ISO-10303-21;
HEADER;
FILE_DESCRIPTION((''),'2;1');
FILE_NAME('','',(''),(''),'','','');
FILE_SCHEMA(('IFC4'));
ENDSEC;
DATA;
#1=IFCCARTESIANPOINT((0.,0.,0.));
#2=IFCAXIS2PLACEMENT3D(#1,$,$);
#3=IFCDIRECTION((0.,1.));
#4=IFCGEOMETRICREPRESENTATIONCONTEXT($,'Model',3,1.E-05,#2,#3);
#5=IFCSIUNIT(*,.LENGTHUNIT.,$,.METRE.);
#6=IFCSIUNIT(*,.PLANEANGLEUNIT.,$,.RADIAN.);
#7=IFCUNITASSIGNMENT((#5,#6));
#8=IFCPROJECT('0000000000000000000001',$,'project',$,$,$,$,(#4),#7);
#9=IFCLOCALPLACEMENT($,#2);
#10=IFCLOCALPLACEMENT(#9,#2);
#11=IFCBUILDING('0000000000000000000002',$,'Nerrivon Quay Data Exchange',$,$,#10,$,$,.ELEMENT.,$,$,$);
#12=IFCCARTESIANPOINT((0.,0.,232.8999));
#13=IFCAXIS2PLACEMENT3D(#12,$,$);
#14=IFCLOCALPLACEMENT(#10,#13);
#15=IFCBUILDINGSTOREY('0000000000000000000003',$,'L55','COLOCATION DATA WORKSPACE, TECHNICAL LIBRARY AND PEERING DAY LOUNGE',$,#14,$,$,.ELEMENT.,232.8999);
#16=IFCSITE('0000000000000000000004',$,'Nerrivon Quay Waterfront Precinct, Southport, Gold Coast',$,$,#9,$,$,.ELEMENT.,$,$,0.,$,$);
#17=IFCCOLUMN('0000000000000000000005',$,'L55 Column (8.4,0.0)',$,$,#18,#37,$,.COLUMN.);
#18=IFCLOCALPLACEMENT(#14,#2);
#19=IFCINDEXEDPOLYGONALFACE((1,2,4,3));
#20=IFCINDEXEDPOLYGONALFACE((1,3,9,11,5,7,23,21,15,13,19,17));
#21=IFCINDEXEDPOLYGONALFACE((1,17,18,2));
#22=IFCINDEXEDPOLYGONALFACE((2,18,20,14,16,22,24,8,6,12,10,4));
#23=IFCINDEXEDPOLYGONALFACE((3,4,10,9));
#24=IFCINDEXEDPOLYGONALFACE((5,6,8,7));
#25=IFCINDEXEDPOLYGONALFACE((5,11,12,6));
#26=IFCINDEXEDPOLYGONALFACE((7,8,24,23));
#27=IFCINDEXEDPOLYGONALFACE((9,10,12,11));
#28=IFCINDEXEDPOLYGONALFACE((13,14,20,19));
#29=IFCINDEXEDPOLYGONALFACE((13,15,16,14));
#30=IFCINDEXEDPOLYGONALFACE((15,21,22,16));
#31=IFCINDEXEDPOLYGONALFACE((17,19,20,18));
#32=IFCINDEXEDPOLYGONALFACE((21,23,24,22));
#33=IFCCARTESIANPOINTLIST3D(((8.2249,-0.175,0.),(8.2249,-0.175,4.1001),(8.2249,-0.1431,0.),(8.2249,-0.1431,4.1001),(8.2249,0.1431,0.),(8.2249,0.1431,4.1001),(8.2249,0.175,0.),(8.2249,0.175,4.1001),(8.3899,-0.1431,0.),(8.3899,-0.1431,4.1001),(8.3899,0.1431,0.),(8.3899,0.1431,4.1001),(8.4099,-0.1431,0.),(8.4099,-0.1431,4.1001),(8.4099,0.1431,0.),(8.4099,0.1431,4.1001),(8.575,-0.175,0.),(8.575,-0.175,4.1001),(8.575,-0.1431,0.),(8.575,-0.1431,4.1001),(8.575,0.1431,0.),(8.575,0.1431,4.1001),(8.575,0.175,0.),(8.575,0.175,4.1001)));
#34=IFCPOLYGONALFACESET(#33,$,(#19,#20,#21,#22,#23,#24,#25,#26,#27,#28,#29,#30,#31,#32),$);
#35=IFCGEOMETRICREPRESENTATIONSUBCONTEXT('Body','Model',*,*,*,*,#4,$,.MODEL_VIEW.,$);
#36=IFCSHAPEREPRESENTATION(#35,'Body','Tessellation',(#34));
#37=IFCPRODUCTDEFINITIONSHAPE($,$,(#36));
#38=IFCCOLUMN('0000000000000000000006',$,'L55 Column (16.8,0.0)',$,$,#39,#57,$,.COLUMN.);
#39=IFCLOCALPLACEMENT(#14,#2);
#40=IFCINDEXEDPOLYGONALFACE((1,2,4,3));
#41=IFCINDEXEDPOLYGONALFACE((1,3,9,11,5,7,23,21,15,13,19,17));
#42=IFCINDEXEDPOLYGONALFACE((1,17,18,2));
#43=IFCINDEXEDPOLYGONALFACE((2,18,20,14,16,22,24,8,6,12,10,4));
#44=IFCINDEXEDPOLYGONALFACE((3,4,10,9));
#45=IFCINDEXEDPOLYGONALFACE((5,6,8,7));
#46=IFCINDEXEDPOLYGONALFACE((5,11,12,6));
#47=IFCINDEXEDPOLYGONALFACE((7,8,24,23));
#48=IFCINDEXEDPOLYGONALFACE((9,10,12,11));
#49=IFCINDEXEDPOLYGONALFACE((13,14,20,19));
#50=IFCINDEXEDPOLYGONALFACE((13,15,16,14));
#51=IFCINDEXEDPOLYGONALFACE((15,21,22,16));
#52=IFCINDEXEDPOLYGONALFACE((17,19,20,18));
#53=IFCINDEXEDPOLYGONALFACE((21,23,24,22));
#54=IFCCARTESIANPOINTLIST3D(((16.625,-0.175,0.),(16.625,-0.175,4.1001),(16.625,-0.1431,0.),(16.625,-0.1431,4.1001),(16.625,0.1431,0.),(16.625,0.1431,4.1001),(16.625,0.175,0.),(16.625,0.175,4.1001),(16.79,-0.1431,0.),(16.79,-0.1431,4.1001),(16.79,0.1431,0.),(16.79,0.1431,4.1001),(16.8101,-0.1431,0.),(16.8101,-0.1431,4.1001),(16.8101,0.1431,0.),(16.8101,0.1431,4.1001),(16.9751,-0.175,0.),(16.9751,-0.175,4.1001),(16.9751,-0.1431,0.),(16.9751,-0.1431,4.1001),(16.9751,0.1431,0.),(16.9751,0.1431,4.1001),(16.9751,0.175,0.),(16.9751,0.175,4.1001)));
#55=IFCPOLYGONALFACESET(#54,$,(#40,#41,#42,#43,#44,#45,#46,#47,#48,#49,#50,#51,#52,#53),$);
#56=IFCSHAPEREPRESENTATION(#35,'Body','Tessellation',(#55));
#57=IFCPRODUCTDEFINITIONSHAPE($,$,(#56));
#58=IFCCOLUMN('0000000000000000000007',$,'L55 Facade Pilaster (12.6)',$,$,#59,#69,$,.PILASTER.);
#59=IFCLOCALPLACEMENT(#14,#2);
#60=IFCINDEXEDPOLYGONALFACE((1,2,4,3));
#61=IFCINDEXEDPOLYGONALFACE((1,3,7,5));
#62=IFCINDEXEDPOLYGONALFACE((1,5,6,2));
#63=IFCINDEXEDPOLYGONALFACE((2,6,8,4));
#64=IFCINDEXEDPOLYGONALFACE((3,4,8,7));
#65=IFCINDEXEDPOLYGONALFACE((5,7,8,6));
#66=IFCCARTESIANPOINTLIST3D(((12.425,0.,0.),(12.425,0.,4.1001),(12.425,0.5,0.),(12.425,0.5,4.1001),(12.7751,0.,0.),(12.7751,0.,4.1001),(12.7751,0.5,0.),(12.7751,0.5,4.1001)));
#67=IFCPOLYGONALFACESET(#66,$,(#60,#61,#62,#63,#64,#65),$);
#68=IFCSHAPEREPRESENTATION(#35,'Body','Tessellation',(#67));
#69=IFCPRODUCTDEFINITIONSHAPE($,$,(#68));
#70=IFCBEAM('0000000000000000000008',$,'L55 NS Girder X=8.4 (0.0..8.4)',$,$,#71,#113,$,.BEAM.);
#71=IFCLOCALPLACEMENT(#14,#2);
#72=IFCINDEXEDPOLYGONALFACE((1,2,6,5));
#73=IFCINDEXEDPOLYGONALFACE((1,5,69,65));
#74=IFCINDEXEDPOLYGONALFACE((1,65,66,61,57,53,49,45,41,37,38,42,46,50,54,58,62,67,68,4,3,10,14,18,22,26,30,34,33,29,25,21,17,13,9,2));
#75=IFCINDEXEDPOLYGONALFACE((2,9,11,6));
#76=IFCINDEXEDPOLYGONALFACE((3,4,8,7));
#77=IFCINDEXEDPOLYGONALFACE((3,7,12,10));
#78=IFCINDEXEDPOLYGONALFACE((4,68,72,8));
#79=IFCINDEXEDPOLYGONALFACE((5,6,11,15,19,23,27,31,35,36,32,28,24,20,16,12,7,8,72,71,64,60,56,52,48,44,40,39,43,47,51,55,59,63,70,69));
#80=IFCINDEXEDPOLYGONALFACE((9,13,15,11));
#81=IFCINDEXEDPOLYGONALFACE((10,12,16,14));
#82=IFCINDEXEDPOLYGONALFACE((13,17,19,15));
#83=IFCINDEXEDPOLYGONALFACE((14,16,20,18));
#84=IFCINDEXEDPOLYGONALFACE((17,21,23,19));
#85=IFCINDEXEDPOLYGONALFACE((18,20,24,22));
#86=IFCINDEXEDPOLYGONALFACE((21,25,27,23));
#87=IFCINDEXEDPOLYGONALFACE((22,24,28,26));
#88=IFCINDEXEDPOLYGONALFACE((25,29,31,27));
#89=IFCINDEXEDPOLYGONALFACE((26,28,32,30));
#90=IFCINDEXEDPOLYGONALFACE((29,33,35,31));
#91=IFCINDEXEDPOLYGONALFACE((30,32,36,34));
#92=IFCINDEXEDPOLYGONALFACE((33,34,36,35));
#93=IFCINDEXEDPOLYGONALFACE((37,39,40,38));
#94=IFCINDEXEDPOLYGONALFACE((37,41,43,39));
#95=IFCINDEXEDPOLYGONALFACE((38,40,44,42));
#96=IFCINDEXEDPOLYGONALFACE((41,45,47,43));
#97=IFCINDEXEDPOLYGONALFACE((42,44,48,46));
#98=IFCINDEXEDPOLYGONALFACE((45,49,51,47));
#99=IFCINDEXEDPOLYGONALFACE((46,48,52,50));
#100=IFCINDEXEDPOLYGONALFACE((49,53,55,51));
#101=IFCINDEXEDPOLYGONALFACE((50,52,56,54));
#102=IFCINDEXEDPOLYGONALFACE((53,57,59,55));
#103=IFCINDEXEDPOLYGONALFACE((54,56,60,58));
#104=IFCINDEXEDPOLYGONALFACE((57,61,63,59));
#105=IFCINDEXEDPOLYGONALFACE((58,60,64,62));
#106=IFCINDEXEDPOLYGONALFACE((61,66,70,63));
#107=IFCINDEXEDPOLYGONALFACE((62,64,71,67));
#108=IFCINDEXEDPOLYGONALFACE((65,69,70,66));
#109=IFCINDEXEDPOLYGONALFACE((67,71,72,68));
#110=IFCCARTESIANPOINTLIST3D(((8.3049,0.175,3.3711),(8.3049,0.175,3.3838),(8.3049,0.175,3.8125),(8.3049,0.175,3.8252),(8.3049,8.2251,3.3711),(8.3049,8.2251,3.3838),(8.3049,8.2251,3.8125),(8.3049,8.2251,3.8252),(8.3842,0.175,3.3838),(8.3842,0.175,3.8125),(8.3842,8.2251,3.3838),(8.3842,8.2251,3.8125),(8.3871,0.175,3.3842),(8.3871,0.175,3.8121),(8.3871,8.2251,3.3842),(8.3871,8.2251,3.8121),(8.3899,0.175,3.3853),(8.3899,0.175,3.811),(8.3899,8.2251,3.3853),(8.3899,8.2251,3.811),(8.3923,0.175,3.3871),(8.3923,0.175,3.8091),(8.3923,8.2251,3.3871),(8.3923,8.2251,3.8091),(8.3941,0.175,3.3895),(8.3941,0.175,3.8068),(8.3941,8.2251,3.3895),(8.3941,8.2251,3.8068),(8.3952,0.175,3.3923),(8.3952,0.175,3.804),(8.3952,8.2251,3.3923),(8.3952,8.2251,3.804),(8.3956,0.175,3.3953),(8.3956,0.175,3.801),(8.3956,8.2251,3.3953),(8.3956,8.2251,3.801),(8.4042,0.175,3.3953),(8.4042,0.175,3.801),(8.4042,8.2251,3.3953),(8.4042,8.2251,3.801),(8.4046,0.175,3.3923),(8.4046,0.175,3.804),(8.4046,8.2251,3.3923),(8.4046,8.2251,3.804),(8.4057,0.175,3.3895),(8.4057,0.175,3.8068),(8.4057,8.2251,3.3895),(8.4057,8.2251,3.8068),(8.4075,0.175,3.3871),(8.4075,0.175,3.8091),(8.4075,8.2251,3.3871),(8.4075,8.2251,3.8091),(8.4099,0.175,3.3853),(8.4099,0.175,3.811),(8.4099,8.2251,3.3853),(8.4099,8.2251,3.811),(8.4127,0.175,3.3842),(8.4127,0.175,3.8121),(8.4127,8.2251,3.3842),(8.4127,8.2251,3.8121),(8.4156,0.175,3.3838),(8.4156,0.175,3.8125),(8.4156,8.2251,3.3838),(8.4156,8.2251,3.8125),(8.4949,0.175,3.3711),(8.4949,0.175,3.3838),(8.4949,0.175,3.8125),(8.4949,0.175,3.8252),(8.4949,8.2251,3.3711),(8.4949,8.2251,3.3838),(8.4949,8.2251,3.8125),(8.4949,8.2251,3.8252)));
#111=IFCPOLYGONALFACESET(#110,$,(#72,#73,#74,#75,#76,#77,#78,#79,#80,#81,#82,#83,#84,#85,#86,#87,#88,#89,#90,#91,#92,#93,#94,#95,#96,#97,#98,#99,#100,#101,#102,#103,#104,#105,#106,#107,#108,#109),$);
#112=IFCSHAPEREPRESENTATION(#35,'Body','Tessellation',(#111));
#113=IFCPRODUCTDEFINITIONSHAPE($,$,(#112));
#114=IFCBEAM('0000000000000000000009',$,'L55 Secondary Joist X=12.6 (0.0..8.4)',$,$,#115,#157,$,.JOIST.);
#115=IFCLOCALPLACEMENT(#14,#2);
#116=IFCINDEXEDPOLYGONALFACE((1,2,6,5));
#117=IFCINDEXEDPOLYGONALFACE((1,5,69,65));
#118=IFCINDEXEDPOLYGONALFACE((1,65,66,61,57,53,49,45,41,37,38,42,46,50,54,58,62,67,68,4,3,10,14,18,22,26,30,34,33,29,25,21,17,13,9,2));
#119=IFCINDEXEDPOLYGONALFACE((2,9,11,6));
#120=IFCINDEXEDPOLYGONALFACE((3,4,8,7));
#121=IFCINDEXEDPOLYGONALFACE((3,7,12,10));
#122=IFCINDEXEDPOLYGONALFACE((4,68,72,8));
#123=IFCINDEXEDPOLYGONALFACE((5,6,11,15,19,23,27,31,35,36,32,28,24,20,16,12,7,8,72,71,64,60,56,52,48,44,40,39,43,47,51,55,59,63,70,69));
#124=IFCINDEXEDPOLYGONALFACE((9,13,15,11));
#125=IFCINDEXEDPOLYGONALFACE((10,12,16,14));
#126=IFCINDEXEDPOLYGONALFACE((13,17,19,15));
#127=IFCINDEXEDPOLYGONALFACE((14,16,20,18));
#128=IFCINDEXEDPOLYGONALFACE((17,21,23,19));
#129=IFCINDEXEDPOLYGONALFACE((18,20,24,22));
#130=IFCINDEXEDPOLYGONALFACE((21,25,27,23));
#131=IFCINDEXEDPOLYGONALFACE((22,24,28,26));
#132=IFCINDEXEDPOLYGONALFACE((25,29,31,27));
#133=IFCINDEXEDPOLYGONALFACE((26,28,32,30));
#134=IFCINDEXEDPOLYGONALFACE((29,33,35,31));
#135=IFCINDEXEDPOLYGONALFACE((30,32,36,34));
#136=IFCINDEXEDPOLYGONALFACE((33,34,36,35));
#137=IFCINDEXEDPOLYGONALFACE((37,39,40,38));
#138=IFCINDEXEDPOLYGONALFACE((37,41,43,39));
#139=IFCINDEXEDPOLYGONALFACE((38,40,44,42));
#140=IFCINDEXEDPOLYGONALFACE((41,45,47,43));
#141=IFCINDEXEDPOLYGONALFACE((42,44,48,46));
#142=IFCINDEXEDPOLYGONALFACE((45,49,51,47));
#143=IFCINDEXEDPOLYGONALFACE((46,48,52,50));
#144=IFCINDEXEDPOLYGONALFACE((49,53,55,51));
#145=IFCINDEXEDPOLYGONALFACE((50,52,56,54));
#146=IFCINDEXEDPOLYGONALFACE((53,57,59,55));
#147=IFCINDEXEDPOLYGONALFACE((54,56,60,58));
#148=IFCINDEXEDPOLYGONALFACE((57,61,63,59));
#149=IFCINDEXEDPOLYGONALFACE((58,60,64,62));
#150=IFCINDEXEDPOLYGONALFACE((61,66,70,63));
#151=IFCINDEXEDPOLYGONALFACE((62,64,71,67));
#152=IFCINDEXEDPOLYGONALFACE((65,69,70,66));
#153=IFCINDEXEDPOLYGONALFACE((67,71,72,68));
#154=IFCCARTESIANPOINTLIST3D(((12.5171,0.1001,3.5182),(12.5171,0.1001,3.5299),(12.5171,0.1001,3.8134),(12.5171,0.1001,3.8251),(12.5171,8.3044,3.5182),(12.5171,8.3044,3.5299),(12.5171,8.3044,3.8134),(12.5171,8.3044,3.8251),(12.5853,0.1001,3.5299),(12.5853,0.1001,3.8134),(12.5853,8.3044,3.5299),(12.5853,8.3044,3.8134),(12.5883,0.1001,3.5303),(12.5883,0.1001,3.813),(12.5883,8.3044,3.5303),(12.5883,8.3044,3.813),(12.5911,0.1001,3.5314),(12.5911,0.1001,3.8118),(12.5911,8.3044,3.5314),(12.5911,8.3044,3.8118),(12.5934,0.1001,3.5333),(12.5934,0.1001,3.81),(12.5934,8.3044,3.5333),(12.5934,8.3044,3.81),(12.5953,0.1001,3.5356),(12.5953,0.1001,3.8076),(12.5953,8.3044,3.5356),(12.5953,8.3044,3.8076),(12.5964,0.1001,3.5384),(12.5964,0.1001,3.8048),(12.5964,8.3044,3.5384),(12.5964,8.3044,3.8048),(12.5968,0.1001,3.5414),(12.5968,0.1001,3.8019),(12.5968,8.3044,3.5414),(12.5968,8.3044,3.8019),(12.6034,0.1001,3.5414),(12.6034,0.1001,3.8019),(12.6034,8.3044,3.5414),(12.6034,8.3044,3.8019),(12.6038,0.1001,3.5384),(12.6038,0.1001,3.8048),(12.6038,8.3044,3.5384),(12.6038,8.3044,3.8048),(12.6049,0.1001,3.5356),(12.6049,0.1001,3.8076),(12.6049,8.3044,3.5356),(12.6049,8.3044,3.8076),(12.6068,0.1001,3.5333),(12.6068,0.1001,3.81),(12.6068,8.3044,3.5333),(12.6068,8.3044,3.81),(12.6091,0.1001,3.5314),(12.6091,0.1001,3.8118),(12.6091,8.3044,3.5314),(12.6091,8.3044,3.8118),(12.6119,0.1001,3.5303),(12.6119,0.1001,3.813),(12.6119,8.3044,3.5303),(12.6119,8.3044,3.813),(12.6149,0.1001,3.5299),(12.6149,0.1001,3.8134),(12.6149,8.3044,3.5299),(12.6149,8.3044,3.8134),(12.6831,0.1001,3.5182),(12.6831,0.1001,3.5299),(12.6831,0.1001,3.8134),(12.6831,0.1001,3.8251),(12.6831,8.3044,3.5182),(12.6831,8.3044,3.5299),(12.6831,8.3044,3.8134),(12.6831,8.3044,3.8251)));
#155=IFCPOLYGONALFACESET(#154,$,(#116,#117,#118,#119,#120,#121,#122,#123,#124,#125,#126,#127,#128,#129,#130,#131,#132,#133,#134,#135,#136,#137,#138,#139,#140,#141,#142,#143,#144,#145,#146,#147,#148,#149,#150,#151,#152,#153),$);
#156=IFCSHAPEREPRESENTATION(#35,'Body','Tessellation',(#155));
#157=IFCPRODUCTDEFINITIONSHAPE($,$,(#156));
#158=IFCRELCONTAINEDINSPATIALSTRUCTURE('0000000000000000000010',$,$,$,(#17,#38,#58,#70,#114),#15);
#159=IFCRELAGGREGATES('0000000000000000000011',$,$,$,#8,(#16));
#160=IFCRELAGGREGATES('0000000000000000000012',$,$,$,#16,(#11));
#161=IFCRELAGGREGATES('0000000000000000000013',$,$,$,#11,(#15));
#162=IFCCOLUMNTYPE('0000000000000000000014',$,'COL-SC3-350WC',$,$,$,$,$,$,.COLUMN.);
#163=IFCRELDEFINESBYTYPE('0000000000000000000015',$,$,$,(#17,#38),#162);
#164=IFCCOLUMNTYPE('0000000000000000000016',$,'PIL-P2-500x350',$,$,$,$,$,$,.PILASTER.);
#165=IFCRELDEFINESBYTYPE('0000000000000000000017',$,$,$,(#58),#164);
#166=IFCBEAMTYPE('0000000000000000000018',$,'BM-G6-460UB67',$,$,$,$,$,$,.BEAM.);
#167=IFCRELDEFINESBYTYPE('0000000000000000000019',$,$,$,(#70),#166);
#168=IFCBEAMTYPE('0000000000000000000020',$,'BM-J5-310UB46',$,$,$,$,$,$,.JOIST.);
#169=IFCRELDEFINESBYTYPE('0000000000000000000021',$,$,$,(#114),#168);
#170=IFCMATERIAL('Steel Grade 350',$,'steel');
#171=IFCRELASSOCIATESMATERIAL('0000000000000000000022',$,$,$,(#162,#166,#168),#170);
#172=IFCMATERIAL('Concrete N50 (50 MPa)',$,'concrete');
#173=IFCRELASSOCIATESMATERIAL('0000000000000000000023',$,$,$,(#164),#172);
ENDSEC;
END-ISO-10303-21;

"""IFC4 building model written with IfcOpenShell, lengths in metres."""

from ifc_helpers import new_model, si_unit, direction, frame, origin, origin_2d, place, context, subcontext, project, spatial, rectangle, i_section, extrude, material, material_profile, profile_set, type_object, element, save


model = new_model("IFC4")

# Units and contexts
model_context = context("Model", 3, precision=1e-05, world=origin(), true_north=direction((0.0, 1.0)))
body_context = subcontext(model_context, "Body", "Model", "MODEL_VIEW")
ifc_project = project(units=[si_unit("LENGTHUNIT", "METRE"), si_unit("PLANEANGLEUNIT", "RADIAN")], contexts=[model_context])

# Site, building, storey
site_placement = place(None, origin())
site = spatial("IfcSite", under=ifc_project, at=site_placement, Name="Nerrivon Quay Waterfront Precinct, Southport, Gold Coast", CompositionType="ELEMENT", RefElevation=0.0)
building_placement = place(site_placement, origin())
building = spatial("IfcBuilding", under=site, at=building_placement, Name="Nerrivon Quay Data Exchange", CompositionType="ELEMENT")
storey_placement = place(building_placement, frame((0.0, 0.0, 232.8999)))
storey = spatial("IfcBuildingStorey", under=building, at=storey_placement, Name="L55", Description="COLOCATION DATA WORKSPACE, TECHNICAL LIBRARY AND PEERING DAY LOUNGE", CompositionType="ELEMENT", Elevation=232.8999)

# Columns
ifc_material_1 = material(Name="Steel Grade 350", Category="steel")
ifc_material_profile_1 = material_profile(ifc_material_1, i_section(OverallWidth=0.3501, OverallDepth=0.3501, WebThickness=0.02, FlangeThickness=0.032, at=origin_2d()), Name="350WC230")
ifc_profile_set_1 = profile_set([ifc_material_profile_1], Name="Steel Grade 350")
column_type_1 = type_object("IfcColumnType", Name="COL-SC3-350WC", PredefinedType="COLUMN", material=ifc_profile_set_1)
for number, where, z_axis, x_axis, name in (
    (1, (8.3999, 0.0, 0.0), (0.0, 0.0, 1.0), (1.0, 0.0, 0.0), "L55 Column (8.4,0.0)"),
    (2, (16.8, 0.0, 0.0), (0.0, 0.0, 1.0), (1.0, 0.0, 0.0), "L55 Column (16.8,0.0)"),
):
    element("IfcColumn", number, at=place(storey_placement, frame(where, z_axis=z_axis, x_axis=x_axis)), inside=storey, type_object=column_type_1, Name=name, PredefinedType="COLUMN", context=body_context, shape_type="SweptSolid", body=[
        extrude(i_section(OverallWidth=0.3501, OverallDepth=0.3501, WebThickness=0.02, FlangeThickness=0.032, at=origin_2d()), origin(), (0.0, 0.0, 1.0), 4.1001),
    ])
ifc_material_2 = material(Name="Concrete N50 (50 MPa)", Category="concrete")
ifc_material_profile_2 = material_profile(ifc_material_2, rectangle(XDim=0.3501, YDim=0.5, at=origin_2d()), Name="RC-PIL-500x350")
ifc_profile_set_2 = profile_set([ifc_material_profile_2], Name="Concrete N50 (50 MPa)")
column_type_2 = type_object("IfcColumnType", Name="PIL-P2-500x350", PredefinedType="PILASTER", material=ifc_profile_set_2)
column_placement = place(storey_placement, frame((12.6001, 0.25, 0.0), z_axis=(0.0, 0.0, 1.0), x_axis=(1.0, 0.0, 0.0)))
element("IfcColumn", 3, at=column_placement, inside=storey, type_object=column_type_2, Name="L55 Facade Pilaster (12.6)", PredefinedType="PILASTER", context=body_context, shape_type="SweptSolid", body=[
    extrude(rectangle(XDim=0.3501, YDim=0.5, at=origin_2d()), origin(), (0.0, 0.0, 1.0), 4.1001),
])

# Beams
ifc_material_profile_3 = material_profile(ifc_material_1, i_section(OverallWidth=0.1899, OverallDepth=0.4541, WebThickness=0.0085, FlangeThickness=0.0127, FilletRadius=0.0115, at=origin_2d()), Name="460UB67.1")
ifc_profile_set_3 = profile_set([ifc_material_profile_3], Name="Steel Grade 350")
beam_type_1 = type_object("IfcBeamType", Name="BM-G6-460UB67", PredefinedType="BEAM", material=ifc_profile_set_3)
beam_1_placement = place(storey_placement, frame((8.3999, 0.175, 3.5981), z_axis=(0.0, 1.0, 0.0), x_axis=(-1.0, 0.0, 0.0)))
element("IfcBeam", 4, at=beam_1_placement, inside=storey, type_object=beam_type_1, Name="L55 NS Girder X=8.4 (0.0..8.4)", PredefinedType="BEAM", context=body_context, shape_type="SweptSolid", body=[
    extrude(i_section(OverallWidth=0.1899, OverallDepth=0.4541, WebThickness=0.0085, FlangeThickness=0.0127, FilletRadius=0.0115, at=origin_2d()), origin(), (0.0, 0.0, 1.0), 8.05),
])
ifc_material_profile_4 = material_profile(ifc_material_1, i_section(OverallWidth=0.166, OverallDepth=0.3069, WebThickness=0.0066, FlangeThickness=0.0117, FilletRadius=0.0115, at=origin_2d()), Name="310UB46.2")
ifc_profile_set_4 = profile_set([ifc_material_profile_4], Name="Steel Grade 350")
beam_type_2 = type_object("IfcBeamType", Name="BM-J5-310UB46", PredefinedType="JOIST", material=ifc_profile_set_4)
beam_2_placement = place(storey_placement, frame((12.6001, 0.1001, 3.6716), z_axis=(0.0, 1.0, 0.0), x_axis=(-1.0, 0.0, 0.0)))
element("IfcBeam", 5, at=beam_2_placement, inside=storey, type_object=beam_type_2, Name="L55 Secondary Joist X=12.6 (0.0..8.4)", PredefinedType="JOIST", context=body_context, shape_type="SweptSolid", body=[
    extrude(i_section(OverallWidth=0.166, OverallDepth=0.3069, WebThickness=0.0066, FlangeThickness=0.0117, FilletRadius=0.0115, at=origin_2d()), origin(), (0.0, 0.0, 1.0), 8.2043),
])

save(model, "model.ifc")
